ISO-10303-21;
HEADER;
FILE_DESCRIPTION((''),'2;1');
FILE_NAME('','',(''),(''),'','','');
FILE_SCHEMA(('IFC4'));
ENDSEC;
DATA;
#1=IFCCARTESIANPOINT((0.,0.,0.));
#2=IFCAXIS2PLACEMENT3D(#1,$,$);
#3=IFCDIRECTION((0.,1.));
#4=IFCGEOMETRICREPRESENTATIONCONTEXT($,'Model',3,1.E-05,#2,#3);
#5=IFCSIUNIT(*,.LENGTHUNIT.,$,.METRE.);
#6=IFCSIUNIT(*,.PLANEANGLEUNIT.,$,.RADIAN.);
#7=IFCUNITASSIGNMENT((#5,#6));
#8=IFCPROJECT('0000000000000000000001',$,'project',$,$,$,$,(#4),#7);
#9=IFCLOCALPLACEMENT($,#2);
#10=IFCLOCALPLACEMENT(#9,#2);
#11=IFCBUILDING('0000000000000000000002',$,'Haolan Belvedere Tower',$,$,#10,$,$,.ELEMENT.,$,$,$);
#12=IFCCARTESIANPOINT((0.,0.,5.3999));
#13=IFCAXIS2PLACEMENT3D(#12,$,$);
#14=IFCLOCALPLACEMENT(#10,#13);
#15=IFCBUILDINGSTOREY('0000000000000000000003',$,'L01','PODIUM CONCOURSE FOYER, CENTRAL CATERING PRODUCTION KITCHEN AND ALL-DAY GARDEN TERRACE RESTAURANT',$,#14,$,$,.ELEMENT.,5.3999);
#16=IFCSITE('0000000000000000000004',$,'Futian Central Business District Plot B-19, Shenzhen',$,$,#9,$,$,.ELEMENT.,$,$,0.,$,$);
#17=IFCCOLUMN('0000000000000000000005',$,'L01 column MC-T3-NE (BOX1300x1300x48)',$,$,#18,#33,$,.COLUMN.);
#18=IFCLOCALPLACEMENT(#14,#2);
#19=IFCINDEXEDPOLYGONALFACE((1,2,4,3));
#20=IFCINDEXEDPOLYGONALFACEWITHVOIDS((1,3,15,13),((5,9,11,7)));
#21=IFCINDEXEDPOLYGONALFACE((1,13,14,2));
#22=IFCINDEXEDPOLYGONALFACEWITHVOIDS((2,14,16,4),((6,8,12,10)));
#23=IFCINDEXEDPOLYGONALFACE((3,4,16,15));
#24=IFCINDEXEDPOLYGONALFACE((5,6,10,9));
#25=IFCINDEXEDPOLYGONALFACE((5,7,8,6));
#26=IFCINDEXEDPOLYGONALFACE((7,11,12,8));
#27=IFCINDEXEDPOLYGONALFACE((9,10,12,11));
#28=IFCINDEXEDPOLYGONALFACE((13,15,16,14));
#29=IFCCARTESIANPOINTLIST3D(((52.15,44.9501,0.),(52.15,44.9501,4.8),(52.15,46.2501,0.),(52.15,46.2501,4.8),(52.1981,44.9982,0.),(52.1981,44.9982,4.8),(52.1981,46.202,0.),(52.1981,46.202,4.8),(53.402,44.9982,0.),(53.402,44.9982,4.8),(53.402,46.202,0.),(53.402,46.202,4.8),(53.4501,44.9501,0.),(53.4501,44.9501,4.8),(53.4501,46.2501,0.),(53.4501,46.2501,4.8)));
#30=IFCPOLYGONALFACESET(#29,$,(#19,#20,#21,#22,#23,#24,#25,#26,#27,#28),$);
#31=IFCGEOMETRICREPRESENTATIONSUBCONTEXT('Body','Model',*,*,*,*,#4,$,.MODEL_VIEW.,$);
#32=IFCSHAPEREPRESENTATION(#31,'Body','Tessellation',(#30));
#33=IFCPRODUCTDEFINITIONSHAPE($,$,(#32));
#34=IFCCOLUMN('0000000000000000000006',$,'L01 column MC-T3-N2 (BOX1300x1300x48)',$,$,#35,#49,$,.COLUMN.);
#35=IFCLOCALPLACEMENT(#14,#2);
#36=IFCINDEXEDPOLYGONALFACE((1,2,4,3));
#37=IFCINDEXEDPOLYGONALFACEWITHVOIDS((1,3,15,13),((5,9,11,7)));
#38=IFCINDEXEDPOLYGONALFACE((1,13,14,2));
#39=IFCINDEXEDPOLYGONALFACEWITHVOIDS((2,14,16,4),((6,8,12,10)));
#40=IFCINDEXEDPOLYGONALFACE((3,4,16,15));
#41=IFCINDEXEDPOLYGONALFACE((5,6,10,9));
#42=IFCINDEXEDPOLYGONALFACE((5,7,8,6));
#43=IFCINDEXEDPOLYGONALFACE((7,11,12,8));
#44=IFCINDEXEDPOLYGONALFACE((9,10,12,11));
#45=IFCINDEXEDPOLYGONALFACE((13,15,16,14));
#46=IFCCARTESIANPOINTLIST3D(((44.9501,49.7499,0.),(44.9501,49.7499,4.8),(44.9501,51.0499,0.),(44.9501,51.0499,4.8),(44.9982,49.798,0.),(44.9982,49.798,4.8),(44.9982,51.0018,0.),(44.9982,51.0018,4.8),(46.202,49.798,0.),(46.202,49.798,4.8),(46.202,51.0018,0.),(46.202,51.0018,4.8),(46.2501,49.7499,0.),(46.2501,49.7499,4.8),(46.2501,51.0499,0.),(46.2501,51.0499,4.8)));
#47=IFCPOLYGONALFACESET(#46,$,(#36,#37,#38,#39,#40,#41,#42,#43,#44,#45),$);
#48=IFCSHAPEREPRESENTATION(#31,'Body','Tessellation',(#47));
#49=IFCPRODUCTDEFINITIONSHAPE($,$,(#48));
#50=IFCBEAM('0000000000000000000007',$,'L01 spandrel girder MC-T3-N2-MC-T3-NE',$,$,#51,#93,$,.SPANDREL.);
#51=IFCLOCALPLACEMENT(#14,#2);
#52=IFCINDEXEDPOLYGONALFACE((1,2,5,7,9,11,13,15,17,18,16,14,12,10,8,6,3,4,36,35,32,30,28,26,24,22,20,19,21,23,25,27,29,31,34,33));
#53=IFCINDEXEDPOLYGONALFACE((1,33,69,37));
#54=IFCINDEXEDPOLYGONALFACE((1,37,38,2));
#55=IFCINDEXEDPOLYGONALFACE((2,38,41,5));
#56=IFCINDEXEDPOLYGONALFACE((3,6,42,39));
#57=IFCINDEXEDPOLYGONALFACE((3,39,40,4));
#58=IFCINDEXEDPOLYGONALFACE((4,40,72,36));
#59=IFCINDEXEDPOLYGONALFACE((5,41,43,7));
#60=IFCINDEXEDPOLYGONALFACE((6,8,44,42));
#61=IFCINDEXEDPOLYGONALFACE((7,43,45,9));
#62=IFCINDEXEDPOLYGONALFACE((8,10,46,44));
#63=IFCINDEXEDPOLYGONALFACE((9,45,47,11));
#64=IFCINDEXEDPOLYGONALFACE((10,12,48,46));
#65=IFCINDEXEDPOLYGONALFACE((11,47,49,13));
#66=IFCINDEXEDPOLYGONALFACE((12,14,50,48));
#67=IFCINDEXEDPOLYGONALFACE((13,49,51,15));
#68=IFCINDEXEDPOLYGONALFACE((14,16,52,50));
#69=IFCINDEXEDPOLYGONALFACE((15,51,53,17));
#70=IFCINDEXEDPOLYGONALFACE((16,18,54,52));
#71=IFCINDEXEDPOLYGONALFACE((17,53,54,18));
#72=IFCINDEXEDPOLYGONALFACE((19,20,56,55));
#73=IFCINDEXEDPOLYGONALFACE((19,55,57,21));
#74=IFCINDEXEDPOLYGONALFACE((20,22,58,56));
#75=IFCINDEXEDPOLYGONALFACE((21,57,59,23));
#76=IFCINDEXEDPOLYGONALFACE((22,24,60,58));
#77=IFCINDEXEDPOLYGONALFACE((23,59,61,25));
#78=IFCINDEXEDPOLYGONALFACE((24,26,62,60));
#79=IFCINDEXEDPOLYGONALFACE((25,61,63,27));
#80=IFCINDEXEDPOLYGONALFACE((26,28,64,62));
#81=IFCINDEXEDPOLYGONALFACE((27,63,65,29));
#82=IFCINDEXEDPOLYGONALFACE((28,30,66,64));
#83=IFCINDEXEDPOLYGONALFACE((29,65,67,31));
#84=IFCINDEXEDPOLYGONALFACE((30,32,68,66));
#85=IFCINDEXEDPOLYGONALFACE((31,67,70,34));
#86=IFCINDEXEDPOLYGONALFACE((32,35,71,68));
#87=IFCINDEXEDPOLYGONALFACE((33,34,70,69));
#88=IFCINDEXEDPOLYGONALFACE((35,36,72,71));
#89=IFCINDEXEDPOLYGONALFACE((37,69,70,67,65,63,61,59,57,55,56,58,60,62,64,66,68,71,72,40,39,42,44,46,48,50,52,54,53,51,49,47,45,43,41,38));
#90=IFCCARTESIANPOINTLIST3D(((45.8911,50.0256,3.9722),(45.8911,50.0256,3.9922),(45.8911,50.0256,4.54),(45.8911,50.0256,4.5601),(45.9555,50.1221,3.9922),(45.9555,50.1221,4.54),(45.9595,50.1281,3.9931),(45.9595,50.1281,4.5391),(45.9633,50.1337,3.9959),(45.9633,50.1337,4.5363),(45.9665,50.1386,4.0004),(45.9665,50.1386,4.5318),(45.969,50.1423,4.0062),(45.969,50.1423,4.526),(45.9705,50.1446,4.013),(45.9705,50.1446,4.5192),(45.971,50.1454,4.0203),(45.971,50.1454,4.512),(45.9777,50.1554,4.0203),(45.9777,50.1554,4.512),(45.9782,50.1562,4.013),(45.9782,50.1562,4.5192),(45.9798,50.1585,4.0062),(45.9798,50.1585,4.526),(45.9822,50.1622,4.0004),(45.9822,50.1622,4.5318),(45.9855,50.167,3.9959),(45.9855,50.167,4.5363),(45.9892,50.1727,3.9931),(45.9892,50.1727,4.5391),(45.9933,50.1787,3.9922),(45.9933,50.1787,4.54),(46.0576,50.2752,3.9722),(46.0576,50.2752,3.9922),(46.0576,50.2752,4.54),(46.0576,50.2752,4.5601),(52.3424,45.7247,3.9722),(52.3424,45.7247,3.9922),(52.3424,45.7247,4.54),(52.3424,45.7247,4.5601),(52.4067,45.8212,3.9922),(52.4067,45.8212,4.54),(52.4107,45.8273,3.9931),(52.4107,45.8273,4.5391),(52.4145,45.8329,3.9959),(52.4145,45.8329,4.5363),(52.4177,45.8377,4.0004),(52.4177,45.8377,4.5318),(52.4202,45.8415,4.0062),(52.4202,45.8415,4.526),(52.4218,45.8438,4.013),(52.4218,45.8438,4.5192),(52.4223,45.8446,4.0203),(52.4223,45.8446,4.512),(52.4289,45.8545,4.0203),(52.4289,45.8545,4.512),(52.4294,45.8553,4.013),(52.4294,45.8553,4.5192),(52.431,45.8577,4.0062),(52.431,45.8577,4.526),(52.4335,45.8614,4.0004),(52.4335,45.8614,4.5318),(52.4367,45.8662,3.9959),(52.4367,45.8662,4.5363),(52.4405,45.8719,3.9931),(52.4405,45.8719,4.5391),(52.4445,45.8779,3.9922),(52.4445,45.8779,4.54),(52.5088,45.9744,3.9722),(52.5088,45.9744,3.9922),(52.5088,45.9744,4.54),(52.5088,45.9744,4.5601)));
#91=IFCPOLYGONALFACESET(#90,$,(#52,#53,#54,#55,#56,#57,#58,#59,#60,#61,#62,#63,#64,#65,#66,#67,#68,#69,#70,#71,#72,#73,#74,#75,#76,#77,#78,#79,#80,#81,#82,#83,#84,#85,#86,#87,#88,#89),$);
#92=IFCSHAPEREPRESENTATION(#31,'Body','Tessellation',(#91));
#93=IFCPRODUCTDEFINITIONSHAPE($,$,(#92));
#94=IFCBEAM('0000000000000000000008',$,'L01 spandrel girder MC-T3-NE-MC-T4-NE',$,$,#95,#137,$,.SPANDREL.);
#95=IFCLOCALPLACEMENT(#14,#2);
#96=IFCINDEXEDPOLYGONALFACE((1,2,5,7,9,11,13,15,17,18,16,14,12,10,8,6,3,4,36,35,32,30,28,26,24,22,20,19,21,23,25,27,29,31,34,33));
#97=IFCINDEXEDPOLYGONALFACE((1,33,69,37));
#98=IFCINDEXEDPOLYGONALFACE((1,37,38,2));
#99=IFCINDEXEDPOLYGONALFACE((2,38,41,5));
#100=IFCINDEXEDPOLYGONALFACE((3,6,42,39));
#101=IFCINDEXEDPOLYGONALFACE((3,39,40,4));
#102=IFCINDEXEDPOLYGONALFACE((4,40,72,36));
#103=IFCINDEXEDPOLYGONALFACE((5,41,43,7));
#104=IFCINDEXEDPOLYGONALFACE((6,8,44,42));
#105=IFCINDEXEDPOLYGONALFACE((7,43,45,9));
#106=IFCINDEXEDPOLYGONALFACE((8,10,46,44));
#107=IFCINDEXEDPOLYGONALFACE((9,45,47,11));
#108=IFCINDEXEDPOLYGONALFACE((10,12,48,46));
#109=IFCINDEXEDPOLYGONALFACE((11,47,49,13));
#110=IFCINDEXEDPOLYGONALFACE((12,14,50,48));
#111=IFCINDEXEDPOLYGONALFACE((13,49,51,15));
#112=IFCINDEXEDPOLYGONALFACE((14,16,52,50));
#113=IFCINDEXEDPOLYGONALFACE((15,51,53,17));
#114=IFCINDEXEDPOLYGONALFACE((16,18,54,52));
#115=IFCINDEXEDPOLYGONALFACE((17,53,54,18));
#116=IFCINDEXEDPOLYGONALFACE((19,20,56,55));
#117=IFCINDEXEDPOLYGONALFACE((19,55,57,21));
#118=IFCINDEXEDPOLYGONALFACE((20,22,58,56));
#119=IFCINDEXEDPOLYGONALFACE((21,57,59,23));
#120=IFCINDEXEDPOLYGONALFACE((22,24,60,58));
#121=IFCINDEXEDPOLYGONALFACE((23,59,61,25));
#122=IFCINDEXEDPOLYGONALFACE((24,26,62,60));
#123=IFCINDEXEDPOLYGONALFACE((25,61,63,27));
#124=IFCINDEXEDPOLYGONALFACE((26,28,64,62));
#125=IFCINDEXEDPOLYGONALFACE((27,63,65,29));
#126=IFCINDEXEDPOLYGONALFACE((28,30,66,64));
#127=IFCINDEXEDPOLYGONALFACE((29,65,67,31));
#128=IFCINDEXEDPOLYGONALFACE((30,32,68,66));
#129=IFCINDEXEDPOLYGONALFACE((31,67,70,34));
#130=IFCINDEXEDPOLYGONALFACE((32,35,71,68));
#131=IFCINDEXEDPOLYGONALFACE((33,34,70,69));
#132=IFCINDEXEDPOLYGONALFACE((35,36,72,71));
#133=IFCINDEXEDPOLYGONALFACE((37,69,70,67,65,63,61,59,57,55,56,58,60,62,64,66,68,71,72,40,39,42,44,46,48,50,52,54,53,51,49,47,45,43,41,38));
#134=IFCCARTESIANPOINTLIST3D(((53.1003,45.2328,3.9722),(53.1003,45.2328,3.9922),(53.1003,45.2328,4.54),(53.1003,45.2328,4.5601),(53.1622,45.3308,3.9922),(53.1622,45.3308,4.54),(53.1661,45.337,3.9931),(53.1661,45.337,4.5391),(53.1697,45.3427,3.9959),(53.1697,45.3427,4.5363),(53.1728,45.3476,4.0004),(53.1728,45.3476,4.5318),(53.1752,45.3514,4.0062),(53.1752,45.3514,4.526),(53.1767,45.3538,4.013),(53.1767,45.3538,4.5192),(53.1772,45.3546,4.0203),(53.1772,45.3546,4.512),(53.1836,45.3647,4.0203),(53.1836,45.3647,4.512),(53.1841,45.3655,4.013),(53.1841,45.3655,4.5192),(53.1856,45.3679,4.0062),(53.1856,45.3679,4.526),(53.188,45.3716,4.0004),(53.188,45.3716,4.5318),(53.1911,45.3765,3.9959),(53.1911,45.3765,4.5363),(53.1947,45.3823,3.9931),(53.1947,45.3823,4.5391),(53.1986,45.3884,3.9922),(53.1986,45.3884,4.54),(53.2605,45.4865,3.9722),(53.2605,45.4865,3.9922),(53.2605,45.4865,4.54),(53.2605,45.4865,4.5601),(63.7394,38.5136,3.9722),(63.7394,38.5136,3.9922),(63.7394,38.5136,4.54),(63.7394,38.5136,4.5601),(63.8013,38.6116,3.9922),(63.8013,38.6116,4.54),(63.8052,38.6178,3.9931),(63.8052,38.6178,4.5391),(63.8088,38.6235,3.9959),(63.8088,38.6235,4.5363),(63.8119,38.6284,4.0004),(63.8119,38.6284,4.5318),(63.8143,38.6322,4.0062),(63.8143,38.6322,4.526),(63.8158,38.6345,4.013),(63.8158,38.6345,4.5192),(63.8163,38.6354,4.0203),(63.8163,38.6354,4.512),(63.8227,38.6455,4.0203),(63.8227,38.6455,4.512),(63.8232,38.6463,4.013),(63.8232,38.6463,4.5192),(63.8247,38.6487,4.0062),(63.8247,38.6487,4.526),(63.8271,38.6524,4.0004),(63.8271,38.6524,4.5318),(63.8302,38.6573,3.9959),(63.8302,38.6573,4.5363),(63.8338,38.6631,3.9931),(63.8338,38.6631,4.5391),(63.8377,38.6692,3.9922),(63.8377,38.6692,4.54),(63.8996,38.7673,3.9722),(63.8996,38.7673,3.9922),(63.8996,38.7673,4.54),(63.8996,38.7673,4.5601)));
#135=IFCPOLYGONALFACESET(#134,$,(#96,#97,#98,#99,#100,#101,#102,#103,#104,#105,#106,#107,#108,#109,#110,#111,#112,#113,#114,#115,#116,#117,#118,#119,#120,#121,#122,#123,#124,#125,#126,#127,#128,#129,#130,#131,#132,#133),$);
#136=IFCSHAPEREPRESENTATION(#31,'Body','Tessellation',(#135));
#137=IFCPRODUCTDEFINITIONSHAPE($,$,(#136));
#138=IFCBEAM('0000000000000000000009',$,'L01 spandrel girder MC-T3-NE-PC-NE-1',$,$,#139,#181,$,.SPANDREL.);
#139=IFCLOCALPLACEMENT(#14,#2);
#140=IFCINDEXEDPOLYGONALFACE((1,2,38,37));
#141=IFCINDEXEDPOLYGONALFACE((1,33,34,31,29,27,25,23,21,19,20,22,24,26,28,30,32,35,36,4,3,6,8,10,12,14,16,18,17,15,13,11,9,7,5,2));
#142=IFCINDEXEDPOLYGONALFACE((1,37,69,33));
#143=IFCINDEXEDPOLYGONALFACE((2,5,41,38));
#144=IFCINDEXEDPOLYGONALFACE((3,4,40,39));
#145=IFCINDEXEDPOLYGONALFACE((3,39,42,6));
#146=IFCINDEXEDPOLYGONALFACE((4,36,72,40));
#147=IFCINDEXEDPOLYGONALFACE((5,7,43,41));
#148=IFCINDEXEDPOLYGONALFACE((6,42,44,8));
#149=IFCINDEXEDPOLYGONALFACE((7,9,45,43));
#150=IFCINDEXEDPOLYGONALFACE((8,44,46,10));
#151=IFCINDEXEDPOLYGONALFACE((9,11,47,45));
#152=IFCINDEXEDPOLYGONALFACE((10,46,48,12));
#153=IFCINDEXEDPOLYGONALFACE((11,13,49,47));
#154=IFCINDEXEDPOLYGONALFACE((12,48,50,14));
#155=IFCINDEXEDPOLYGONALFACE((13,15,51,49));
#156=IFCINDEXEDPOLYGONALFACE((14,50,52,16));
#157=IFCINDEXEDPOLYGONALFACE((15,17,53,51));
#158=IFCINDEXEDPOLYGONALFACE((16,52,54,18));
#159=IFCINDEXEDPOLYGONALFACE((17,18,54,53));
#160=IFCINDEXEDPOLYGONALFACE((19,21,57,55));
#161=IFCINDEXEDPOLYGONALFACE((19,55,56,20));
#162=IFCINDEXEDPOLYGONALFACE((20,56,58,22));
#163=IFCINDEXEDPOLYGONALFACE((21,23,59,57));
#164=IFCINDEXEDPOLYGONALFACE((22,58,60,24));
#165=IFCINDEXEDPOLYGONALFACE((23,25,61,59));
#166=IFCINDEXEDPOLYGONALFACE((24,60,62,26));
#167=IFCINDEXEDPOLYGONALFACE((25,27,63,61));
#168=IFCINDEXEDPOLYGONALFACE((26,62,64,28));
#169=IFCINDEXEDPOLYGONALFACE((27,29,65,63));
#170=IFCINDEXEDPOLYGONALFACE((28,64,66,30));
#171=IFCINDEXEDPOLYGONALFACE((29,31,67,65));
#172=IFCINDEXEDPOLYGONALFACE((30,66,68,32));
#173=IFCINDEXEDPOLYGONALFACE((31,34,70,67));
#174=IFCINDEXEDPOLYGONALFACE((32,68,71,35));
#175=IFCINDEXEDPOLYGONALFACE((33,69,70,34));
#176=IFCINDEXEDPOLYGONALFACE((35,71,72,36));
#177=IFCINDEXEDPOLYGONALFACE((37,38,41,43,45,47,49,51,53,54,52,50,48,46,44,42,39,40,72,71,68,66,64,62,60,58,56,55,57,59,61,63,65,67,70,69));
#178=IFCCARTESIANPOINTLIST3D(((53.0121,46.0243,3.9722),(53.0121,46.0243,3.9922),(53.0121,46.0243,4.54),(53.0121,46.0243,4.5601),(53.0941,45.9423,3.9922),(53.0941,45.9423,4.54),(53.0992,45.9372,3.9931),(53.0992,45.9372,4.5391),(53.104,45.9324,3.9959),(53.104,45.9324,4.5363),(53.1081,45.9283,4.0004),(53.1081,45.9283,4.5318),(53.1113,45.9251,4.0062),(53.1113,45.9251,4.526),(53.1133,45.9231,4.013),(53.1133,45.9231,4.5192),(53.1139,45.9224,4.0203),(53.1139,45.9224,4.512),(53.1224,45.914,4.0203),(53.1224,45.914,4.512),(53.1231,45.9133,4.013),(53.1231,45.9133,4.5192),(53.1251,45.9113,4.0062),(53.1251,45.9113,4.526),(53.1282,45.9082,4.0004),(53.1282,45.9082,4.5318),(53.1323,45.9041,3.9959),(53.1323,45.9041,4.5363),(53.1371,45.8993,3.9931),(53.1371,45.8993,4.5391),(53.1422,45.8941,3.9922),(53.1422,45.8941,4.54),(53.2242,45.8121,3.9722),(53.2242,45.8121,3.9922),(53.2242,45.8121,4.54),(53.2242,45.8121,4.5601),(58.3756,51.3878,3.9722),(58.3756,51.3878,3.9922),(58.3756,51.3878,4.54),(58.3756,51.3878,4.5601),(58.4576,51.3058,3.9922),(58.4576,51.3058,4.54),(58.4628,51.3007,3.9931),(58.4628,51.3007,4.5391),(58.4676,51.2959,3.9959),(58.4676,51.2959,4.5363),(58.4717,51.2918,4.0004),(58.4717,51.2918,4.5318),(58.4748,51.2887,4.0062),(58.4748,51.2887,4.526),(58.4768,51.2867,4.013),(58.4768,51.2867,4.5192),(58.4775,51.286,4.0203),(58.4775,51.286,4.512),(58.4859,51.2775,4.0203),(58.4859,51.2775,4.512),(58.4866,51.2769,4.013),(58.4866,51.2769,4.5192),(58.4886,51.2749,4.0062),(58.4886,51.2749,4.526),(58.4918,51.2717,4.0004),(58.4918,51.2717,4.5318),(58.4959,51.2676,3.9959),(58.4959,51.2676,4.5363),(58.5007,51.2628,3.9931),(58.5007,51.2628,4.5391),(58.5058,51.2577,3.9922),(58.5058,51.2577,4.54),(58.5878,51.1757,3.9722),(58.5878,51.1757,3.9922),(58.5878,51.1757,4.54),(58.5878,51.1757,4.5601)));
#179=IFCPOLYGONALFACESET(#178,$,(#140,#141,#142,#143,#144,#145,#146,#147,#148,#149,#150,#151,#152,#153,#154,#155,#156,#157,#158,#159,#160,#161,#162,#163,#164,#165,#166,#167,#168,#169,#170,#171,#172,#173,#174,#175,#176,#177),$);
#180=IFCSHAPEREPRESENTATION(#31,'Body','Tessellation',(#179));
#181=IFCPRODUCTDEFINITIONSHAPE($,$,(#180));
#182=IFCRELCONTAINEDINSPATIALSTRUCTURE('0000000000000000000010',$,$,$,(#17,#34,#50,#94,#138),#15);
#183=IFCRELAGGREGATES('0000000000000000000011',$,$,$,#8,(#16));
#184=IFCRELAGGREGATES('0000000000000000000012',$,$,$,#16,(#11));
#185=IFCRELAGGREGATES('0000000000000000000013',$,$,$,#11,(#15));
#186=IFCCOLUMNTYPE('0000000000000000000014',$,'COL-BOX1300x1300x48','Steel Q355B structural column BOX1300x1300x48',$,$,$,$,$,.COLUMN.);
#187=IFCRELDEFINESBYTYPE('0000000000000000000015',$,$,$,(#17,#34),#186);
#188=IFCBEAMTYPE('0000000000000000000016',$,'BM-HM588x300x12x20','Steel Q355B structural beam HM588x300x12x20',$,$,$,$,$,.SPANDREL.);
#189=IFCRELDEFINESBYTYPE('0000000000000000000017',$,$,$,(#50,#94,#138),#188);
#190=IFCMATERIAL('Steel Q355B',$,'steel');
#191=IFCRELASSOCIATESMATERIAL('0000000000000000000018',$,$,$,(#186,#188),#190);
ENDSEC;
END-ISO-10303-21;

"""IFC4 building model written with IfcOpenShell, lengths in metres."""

from ifc_helpers import new_model, si_unit, direction, frame, origin, origin_2d, place, context, subcontext, project, spatial, hollow_rectangle, i_section, extrude, material, material_profile, profile_set, type_object, element, save


model = new_model("IFC4")

# Units and contexts
model_context = context("Model", 3, precision=1e-05, world=origin(), true_north=direction((0.0, 1.0)))
body_context = subcontext(model_context, "Body", "Model", "MODEL_VIEW")
ifc_project = project(units=[si_unit("LENGTHUNIT", "METRE"), si_unit("PLANEANGLEUNIT", "RADIAN")], contexts=[model_context])

# Site, building, storey
site_placement = place(None, origin())
site = spatial("IfcSite", under=ifc_project, at=site_placement, Name="Futian Central Business District Plot B-19, Shenzhen", CompositionType="ELEMENT", RefElevation=0.0)
building_placement = place(site_placement, origin())
building = spatial("IfcBuilding", under=site, at=building_placement, Name="Haolan Belvedere Tower", CompositionType="ELEMENT")
storey_placement = place(building_placement, frame((0.0, 0.0, 5.3999)))
storey = spatial("IfcBuildingStorey", under=building, at=storey_placement, Name="L01", Description="PODIUM CONCOURSE FOYER, CENTRAL CATERING PRODUCTION KITCHEN AND ALL-DAY GARDEN TERRACE RESTAURANT", CompositionType="ELEMENT", Elevation=5.3999)

# Columns
ifc_material_1 = material(Name="Steel Q355B", Category="steel")
ifc_material_profile_1 = material_profile(ifc_material_1, hollow_rectangle(XDim=1.3, YDim=1.3, WallThickness=0.0481, at=origin_2d()), Name="Steel Q355B")
ifc_profile_set_1 = profile_set([ifc_material_profile_1], Name="Steel Q355B")
column_type = type_object("IfcColumnType", Name="COL-BOX1300x1300x48", Description="Steel Q355B structural column BOX1300x1300x48", PredefinedType="COLUMN", material=ifc_profile_set_1)
for number, where, z_axis, x_axis, name in (
    (1, (52.8, 45.6001, 0.0), (0.0, 0.0, 1.0), (1.0, 0.0, 0.0), "L01 column MC-T3-NE (BOX1300x1300x48)"),
    (2, (45.6001, 50.3999, 0.0), (0.0, 0.0, 1.0), (1.0, 0.0, 0.0), "L01 column MC-T3-N2 (BOX1300x1300x48)"),
):
    element("IfcColumn", number, at=place(storey_placement, frame(where, z_axis=z_axis, x_axis=x_axis)), inside=storey, type_object=column_type, Name=name, PredefinedType="COLUMN", context=body_context, shape_type="SweptSolid", body=[
        extrude(hollow_rectangle(XDim=1.3, YDim=1.3, WallThickness=0.0481, at=origin_2d()), origin(), (0.0, 0.0, 1.0), 4.8),
    ])

# Beams
ifc_material_profile_2 = material_profile(ifc_material_1, i_section(OverallWidth=0.3, OverallDepth=0.5879, WebThickness=0.012, FlangeThickness=0.02, FilletRadius=0.0281, at=origin_2d()), Name="Steel Q355B")
ifc_profile_set_2 = profile_set([ifc_material_profile_2], Name="Steel Q355B")
beam_type_1 = type_object("IfcBeamType", Name="BM-HM588x300x12x20", Description="Steel Q355B structural beam HM588x300x12x20", PredefinedType="SPANDREL", material=ifc_profile_set_2)
beam_1_placement = place(storey_placement, frame((45.9744, 50.1504, 4.2661), z_axis=(0.83205, -0.5547, 0.0), x_axis=(0.5547, 0.83205, 0.0)))
element("IfcBeam", 3, at=beam_1_placement, inside=storey, type_object=beam_type_1, Name="L01 spandrel girder MC-T3-N2-MC-T3-NE", PredefinedType="SPANDREL", context=body_context, shape_type="SweptSolid", body=[
    extrude(i_section(OverallWidth=0.3, OverallDepth=0.5879, WebThickness=0.012, FlangeThickness=0.02, FilletRadius=0.0281, at=origin_2d()), origin(), (0.0, 0.0, 1.0), 7.7534),
])
beam_2_placement = place(storey_placement, frame((53.1804, 45.3596, 4.2661), z_axis=(0.845497, -0.53398, 0.0), x_axis=(0.53398, 0.845497, 0.0)))
element("IfcBeam", 4, at=beam_2_placement, inside=storey, type_object=beam_type_1, Name="L01 spandrel girder MC-T3-NE-MC-T4-NE", PredefinedType="SPANDREL", context=body_context, shape_type="SweptSolid", body=[
    extrude(i_section(OverallWidth=0.3, OverallDepth=0.5879, WebThickness=0.012, FlangeThickness=0.02, FilletRadius=0.0281, at=origin_2d()), origin(), (0.0, 0.0, 1.0), 12.5833),
])
beam_3_placement = place(storey_placement, frame((53.1182, 45.9182, 4.2661), z_axis=(0.707107, 0.707107, 0.0), x_axis=(-0.707107, 0.707107, 0.0)))
element("IfcBeam", 5, at=beam_3_placement, inside=storey, type_object=beam_type_1, Name="L01 spandrel girder MC-T3-NE-PC-NE-1", PredefinedType="SPANDREL", context=body_context, shape_type="SweptSolid", body=[
    extrude(i_section(OverallWidth=0.3, OverallDepth=0.5879, WebThickness=0.012, FlangeThickness=0.02, FilletRadius=0.0281, at=origin_2d()), origin(), (0.0, 0.0, 1.0), 7.5852),
])

save(model, "model.ifc")
